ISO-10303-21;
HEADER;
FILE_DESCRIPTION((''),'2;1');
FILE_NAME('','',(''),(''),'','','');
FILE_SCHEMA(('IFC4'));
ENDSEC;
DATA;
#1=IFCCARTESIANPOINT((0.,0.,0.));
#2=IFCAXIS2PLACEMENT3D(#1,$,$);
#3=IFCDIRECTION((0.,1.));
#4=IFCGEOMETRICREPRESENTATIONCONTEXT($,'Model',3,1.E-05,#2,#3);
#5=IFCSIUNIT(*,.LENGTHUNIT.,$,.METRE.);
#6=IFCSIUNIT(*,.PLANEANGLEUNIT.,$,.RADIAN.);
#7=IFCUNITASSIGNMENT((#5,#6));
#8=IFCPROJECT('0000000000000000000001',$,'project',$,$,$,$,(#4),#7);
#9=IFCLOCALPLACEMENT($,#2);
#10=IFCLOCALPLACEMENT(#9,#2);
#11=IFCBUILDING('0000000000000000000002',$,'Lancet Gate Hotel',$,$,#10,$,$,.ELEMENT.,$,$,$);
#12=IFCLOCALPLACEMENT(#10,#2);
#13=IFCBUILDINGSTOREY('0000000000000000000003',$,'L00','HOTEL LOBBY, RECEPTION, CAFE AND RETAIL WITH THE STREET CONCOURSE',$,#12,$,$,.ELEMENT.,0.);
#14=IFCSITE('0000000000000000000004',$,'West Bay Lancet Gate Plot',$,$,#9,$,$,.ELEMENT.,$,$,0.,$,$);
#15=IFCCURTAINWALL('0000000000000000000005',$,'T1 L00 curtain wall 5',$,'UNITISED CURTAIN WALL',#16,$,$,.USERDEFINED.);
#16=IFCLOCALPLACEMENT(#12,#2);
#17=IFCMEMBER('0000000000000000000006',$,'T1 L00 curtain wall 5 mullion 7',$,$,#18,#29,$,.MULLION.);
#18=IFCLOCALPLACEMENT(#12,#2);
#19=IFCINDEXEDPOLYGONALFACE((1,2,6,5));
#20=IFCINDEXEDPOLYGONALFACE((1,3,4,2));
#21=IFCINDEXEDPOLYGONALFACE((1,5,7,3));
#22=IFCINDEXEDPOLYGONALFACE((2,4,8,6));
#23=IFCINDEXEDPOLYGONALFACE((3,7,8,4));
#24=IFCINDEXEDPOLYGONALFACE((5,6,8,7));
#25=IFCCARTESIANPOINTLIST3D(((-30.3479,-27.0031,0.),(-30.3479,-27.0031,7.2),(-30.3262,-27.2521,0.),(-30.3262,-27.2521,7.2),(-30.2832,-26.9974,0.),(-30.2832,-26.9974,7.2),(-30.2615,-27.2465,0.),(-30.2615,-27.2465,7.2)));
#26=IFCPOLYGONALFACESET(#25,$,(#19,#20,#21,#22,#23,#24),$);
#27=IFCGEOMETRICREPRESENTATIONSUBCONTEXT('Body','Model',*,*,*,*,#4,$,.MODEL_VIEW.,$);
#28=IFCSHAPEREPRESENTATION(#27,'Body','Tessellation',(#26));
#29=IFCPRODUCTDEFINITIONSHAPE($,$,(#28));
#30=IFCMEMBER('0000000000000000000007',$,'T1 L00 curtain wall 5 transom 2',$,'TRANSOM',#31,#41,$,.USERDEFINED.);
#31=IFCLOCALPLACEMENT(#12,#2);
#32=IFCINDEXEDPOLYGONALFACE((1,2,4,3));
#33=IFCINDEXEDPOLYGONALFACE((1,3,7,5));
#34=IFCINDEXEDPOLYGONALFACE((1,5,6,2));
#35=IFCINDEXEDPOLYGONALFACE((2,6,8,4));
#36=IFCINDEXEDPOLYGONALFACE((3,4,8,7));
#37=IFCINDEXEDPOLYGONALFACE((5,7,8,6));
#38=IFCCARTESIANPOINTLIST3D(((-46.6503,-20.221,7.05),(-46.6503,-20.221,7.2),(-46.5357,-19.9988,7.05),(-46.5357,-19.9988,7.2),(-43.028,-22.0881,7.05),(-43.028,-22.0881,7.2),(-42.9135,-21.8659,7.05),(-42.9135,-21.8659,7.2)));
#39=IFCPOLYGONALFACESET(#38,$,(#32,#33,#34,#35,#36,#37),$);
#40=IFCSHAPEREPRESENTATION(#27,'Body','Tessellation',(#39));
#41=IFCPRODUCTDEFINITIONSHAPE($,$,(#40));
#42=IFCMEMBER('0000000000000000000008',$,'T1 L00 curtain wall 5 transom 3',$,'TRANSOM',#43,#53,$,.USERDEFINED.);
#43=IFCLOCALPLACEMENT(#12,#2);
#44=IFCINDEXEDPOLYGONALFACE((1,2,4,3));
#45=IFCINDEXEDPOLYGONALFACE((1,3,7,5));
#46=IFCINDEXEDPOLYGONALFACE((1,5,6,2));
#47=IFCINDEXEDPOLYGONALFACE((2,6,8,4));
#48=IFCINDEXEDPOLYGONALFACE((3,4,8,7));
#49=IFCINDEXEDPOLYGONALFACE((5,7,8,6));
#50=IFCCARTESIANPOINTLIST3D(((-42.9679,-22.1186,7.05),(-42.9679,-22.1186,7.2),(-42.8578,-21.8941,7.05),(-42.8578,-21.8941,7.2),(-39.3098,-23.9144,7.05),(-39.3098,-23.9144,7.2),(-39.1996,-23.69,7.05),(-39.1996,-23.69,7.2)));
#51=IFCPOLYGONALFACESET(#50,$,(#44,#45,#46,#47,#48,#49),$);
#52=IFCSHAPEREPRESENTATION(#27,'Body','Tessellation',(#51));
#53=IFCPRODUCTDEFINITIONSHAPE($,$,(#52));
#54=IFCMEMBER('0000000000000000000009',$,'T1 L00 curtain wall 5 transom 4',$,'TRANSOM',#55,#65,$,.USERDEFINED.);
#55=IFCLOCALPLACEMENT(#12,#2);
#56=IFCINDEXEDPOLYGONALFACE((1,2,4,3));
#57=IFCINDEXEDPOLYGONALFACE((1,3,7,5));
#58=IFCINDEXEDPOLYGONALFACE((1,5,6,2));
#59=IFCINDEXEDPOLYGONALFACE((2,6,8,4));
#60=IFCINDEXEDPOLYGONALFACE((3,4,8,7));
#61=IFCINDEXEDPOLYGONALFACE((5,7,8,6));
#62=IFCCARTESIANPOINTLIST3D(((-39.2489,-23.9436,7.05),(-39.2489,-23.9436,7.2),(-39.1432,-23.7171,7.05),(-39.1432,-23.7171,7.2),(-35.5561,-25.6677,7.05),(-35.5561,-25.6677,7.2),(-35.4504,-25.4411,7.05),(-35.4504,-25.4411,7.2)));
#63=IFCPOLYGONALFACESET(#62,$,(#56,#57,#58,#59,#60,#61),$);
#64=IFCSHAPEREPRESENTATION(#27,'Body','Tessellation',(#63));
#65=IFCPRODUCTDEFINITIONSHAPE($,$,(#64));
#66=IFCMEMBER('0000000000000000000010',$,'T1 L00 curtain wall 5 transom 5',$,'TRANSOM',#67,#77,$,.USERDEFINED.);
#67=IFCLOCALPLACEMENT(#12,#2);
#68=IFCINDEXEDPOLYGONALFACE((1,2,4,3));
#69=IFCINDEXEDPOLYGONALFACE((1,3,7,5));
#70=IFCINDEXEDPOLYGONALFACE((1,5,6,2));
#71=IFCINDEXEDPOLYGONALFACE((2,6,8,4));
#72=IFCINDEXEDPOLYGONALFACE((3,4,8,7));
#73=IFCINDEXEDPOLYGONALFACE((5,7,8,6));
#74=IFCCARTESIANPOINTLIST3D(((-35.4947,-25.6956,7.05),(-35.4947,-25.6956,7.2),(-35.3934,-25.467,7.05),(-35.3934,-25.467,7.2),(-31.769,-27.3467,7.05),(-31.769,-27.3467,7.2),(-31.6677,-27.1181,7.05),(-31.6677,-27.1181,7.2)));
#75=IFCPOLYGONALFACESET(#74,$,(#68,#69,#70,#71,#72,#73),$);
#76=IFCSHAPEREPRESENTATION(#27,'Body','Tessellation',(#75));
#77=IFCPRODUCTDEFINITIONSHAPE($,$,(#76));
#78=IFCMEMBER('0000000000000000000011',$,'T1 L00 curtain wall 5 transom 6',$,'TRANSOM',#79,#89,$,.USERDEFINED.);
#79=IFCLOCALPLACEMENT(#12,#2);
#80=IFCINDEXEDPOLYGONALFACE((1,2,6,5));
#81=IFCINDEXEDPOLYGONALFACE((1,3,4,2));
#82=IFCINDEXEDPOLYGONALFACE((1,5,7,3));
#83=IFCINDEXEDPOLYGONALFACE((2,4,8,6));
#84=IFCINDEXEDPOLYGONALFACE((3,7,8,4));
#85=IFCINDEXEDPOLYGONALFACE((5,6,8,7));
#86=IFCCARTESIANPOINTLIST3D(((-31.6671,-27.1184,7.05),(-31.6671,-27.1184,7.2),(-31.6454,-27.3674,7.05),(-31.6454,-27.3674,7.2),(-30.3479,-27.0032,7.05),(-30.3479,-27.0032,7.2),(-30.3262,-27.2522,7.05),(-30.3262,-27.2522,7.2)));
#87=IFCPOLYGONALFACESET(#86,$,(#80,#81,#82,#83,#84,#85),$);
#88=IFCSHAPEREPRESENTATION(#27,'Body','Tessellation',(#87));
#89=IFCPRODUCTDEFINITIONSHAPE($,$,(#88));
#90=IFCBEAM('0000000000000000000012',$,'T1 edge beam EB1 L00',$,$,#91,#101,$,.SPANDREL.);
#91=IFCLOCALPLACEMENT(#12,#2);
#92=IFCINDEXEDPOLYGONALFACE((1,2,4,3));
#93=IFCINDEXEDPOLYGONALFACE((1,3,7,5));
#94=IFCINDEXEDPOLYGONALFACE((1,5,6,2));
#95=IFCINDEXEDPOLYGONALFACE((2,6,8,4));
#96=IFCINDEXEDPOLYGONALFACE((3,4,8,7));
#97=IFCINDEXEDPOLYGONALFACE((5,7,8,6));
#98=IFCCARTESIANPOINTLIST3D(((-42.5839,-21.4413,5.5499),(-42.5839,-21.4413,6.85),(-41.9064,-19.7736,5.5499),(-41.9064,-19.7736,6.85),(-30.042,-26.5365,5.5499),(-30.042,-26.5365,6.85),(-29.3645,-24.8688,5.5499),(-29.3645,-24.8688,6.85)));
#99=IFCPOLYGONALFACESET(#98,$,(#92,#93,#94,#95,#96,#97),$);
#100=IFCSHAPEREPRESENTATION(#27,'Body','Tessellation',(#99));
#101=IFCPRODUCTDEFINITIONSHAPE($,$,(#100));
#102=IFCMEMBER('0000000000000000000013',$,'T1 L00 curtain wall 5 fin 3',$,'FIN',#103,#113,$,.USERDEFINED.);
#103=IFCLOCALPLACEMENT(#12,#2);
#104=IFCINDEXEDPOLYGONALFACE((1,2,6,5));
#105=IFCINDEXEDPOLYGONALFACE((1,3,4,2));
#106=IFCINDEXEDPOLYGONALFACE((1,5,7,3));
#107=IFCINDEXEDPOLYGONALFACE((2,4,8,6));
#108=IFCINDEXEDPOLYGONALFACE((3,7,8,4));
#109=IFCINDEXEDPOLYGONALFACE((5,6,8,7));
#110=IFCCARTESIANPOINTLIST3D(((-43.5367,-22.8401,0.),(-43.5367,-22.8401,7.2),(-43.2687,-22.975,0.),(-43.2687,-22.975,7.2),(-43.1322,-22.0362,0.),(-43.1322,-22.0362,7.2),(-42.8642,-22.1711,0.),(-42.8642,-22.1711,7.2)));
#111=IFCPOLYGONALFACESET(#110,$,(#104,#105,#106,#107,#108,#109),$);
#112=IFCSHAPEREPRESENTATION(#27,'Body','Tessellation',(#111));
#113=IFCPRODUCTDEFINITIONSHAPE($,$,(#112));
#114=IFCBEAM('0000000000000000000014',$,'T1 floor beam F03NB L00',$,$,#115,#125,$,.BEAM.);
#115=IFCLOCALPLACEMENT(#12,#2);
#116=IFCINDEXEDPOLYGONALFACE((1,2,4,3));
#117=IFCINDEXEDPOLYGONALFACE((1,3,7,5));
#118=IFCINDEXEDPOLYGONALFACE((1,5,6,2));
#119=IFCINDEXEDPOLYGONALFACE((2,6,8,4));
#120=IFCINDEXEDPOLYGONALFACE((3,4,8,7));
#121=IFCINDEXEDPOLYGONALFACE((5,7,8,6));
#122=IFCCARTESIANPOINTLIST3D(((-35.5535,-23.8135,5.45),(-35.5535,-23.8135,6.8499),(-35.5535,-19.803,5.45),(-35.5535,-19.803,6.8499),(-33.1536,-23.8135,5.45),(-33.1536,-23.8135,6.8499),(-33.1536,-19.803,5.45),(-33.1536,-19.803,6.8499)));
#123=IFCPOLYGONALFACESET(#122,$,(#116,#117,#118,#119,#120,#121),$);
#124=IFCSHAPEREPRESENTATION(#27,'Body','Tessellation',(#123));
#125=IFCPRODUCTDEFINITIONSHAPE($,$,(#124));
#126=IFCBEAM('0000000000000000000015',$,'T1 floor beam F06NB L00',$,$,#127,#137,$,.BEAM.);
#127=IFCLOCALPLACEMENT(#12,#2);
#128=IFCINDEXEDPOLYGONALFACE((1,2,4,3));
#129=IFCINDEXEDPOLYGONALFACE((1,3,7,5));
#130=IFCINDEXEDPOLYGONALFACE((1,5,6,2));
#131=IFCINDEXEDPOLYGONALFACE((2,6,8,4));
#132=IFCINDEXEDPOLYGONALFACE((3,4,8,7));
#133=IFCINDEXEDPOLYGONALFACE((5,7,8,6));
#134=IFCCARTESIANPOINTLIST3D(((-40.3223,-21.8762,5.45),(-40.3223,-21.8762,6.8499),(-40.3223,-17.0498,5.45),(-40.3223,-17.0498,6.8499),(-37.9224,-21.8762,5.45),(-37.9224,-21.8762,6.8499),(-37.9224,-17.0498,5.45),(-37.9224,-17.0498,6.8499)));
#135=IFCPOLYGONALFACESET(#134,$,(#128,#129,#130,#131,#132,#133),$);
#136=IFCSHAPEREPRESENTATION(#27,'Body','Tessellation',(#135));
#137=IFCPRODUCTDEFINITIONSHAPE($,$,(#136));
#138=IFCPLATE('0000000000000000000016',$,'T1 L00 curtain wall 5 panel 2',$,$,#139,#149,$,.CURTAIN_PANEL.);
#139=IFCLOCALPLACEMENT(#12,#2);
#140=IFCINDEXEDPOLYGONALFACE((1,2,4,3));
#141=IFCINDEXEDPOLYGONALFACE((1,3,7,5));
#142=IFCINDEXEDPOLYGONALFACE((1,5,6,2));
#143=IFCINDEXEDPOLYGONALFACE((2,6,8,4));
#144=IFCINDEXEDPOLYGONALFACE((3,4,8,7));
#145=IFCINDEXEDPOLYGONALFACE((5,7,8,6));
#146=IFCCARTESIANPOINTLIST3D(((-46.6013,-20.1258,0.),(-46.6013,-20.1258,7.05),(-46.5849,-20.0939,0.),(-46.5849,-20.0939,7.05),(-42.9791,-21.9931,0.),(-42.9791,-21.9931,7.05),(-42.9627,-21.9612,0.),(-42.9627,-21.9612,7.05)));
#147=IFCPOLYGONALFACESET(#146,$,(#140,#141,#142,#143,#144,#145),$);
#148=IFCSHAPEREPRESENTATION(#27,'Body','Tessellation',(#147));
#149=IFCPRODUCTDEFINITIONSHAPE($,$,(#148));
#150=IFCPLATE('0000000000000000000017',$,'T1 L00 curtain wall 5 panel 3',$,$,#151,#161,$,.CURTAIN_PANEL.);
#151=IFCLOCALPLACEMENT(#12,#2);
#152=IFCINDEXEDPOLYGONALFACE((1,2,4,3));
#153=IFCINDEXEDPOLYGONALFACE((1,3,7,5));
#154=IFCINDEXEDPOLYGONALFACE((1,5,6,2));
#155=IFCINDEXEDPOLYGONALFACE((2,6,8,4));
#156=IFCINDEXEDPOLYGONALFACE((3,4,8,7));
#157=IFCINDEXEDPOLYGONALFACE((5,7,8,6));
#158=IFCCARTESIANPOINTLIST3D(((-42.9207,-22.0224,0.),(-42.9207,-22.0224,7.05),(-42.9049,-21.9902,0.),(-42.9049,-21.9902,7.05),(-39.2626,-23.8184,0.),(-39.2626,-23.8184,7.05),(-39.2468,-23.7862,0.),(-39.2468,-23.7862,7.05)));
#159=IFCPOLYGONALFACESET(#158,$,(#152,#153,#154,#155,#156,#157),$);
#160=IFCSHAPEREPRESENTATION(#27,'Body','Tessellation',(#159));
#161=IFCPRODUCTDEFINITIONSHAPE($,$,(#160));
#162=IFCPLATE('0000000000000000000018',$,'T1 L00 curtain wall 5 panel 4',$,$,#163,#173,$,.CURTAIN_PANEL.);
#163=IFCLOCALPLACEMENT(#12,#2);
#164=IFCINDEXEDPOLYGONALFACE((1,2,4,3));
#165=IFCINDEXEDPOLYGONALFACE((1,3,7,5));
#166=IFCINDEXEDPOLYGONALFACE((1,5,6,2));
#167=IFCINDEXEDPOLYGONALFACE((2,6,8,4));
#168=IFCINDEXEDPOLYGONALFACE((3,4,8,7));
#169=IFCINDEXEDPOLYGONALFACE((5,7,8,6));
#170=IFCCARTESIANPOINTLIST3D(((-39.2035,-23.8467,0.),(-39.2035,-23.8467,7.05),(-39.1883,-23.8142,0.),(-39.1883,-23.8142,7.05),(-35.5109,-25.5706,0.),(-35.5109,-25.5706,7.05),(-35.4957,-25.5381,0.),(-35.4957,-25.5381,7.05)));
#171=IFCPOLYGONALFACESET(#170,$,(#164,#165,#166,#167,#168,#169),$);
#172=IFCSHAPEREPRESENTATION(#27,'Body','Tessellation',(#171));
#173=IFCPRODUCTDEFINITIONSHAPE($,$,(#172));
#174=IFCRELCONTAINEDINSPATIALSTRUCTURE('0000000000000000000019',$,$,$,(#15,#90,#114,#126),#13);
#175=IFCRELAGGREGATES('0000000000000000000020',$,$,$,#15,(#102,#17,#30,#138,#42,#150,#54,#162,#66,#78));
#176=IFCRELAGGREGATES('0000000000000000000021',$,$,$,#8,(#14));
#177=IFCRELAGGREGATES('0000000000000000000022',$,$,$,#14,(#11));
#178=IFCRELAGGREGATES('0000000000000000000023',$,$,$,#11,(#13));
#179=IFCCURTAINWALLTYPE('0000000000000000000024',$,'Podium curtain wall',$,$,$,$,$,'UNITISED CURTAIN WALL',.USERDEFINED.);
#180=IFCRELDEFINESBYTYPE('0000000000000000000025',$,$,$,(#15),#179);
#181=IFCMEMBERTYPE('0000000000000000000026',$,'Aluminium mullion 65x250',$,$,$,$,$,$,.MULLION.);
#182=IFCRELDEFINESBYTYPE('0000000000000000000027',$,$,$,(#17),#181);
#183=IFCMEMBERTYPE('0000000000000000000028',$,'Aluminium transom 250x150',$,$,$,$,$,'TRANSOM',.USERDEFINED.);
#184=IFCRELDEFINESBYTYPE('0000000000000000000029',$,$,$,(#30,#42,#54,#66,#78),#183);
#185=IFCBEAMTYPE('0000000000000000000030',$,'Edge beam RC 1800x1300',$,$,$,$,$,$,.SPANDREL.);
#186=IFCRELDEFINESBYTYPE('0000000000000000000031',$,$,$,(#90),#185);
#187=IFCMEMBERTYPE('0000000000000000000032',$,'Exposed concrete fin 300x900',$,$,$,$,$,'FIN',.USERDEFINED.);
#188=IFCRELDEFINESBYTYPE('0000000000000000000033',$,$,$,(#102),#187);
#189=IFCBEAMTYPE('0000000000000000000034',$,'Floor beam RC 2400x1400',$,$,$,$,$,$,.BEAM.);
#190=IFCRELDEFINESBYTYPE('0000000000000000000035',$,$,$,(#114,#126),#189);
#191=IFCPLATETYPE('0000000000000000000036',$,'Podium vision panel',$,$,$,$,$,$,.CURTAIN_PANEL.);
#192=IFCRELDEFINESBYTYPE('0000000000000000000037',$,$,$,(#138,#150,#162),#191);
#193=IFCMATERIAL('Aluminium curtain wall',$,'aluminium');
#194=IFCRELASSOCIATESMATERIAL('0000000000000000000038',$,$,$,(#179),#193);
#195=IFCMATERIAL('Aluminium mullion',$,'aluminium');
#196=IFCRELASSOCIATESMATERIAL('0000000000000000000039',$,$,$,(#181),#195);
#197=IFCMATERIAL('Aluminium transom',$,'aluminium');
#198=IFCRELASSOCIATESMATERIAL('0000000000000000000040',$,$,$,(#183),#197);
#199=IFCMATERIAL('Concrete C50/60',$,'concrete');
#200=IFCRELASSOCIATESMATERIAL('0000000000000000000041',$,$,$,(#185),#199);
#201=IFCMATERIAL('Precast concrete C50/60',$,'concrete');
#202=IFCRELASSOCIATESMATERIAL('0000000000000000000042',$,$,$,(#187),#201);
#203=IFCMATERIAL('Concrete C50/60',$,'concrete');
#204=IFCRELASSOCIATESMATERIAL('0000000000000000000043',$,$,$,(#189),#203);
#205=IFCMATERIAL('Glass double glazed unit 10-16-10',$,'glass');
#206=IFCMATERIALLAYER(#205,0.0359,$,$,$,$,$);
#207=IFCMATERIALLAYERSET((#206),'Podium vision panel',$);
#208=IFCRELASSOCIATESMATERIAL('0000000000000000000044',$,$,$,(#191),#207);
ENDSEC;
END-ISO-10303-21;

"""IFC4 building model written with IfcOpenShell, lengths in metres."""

from ifc_helpers import new_model, si_unit, direction, frame, origin, origin_2d, place, context, subcontext, project, spatial, rectangle, extrude, material, layer, layer_set, material_profile, profile_set, type_object, element, aggregate, save


model = new_model("IFC4")

# Units and contexts
model_context = context("Model", 3, precision=1e-05, world=origin(), true_north=direction((0.0, 1.0)))
body_context = subcontext(model_context, "Body", "Model", "MODEL_VIEW")
ifc_project = project(units=[si_unit("LENGTHUNIT", "METRE"), si_unit("PLANEANGLEUNIT", "RADIAN")], contexts=[model_context])

# Site, building, storey
site_placement = place(None, origin())
site = spatial("IfcSite", under=ifc_project, at=site_placement, Name="West Bay Lancet Gate Plot", CompositionType="ELEMENT", RefElevation=0.0)
building_placement = place(site_placement, origin())
building = spatial("IfcBuilding", under=site, at=building_placement, Name="Lancet Gate Hotel", CompositionType="ELEMENT")
storey_placement = place(building_placement, origin())
storey = spatial("IfcBuildingStorey", under=building, at=storey_placement, Name="L00", Description="HOTEL LOBBY, RECEPTION, CAFE AND RETAIL WITH THE STREET CONCOURSE", CompositionType="ELEMENT", Elevation=0.0)

# Curtain wall, members
ifc_material_1 = material(Name="Aluminium curtain wall", Category="aluminium")
curtain_wall_type = type_object("IfcCurtainWallType", Name="Podium curtain wall", ElementType="UNITISED CURTAIN WALL", PredefinedType="USERDEFINED", material=ifc_material_1)
curtain_wall_placement = place(storey_placement, origin())
curtain_wall = element("IfcCurtainWall", 1, at=curtain_wall_placement, inside=storey, type_object=curtain_wall_type, Name="T1 L00 curtain wall 5", ObjectType="UNITISED CURTAIN WALL", PredefinedType="USERDEFINED")
ifc_material_2 = material(Name="Aluminium mullion", Category="aluminium")
ifc_material_profile_1 = material_profile(ifc_material_2, rectangle(XDim=0.0649, YDim=0.25, at=origin_2d()), Name="MULLION 65x250")
ifc_profile_set_1 = profile_set([ifc_material_profile_1], Name="Aluminium mullion")
member_type_1 = type_object("IfcMemberType", Name="Aluminium mullion 65x250", PredefinedType="MULLION", material=ifc_profile_set_1)
member_1_placement = place(storey_placement, frame((-30.3047, -27.1248, 0.0), z_axis=(0.0, 0.0, 1.0), x_axis=(0.996204, 0.087052, 0.0)))
member_1 = element("IfcMember", 2, at=member_1_placement, type_object=member_type_1, Name="T1 L00 curtain wall 5 mullion 7", PredefinedType="MULLION", context=body_context, shape_type="SweptSolid", body=[
    extrude(rectangle(XDim=0.0649, YDim=0.25, at=origin_2d()), origin(), (0.0, 0.0, 1.0), 7.2),
])
ifc_material_3 = material(Name="Aluminium transom", Category="aluminium")
ifc_material_profile_2 = material_profile(ifc_material_3, rectangle(XDim=0.25, YDim=0.1499, at=origin_2d()), Name="TRANSOM 250x150")
ifc_profile_set_2 = profile_set([ifc_material_profile_2], Name="Aluminium transom")
member_type_2 = type_object("IfcMemberType", Name="Aluminium transom 250x150", ElementType="TRANSOM", PredefinedType="USERDEFINED", material=ifc_profile_set_2)
member_2_placement = place(storey_placement, frame((-46.593, -20.1099, 7.125), z_axis=(0.88886, -0.458179, 0.0), x_axis=(0.458179, 0.88886, 0.0)))
member_2 = element("IfcMember", 3, at=member_2_placement, type_object=member_type_2, Name="T1 L00 curtain wall 5 transom 2", ObjectType="TRANSOM", PredefinedType="USERDEFINED", context=body_context, shape_type="SweptSolid", body=[
    extrude(rectangle(XDim=0.25, YDim=0.1499, at=origin_2d()), origin(), (0.0, 0.0, 1.0), 4.0752),
])
member_3_placement = place(storey_placement, frame((-42.9128, -22.0063, 7.125), z_axis=(0.897662, -0.440684, 0.0), x_axis=(0.440684, 0.897662, 0.0)))
member_3 = element("IfcMember", 4, at=member_3_placement, type_object=member_type_2, Name="T1 L00 curtain wall 5 transom 3", ObjectType="TRANSOM", PredefinedType="USERDEFINED", context=body_context, shape_type="SweptSolid", body=[
    extrude(rectangle(XDim=0.25, YDim=0.1499, at=origin_2d()), origin(), (0.0, 0.0, 1.0), 4.0752),
])
member_4_placement = place(storey_placement, frame((-39.196, -23.8303, 7.125), z_axis=(0.90611, -0.423043, 0.0), x_axis=(0.423043, 0.90611, 0.0)))
member_4 = element("IfcMember", 5, at=member_4_placement, type_object=member_type_2, Name="T1 L00 curtain wall 5 transom 4", ObjectType="TRANSOM", PredefinedType="USERDEFINED", context=body_context, shape_type="SweptSolid", body=[
    extrude(rectangle(XDim=0.25, YDim=0.1499, at=origin_2d()), origin(), (0.0, 0.0, 1.0), 4.0754),
])
member_5_placement = place(storey_placement, frame((-35.4441, -25.5813, 7.125), z_axis=(0.914248, -0.405154, 0.0), x_axis=(0.405154, 0.914248, 0.0)))
member_5 = element("IfcMember", 6, at=member_5_placement, type_object=member_type_2, Name="T1 L00 curtain wall 5 transom 5", ObjectType="TRANSOM", PredefinedType="USERDEFINED", context=body_context, shape_type="SweptSolid", body=[
    extrude(rectangle(XDim=0.25, YDim=0.1499, at=origin_2d()), origin(), (0.0, 0.0, 1.0), 4.0752),
])
member_6_placement = place(storey_placement, frame((-31.6562, -27.2429, 7.125), z_axis=(0.996206, 0.087027, 0.0), x_axis=(-0.087027, 0.996206, 0.0)))
member_6 = element("IfcMember", 7, at=member_6_placement, type_object=member_type_2, Name="T1 L00 curtain wall 5 transom 6", ObjectType="TRANSOM", PredefinedType="USERDEFINED", context=body_context, shape_type="SweptSolid", body=[
    extrude(rectangle(XDim=0.25, YDim=0.1499, at=origin_2d()), origin(), (0.0, 0.0, 1.0), 1.3242),
])

# Beam
ifc_material_4 = material(Name="Concrete C50/60", Category="concrete")
ifc_material_profile_3 = material_profile(ifc_material_4, rectangle(XDim=1.8, YDim=1.3, at=origin_2d()), Name="RC 1800x1300")
ifc_profile_set_3 = profile_set([ifc_material_profile_3], Name="Concrete C50/60")
beam_type_1 = type_object("IfcBeamType", Name="Edge beam RC 1800x1300", PredefinedType="SPANDREL", material=ifc_profile_set_3)
beam_1_placement = place(storey_placement, frame((-42.2451, -20.6074, 6.2), z_axis=(0.926463, -0.376385, 0.0), x_axis=(0.376385, 0.926463, 0.0)))
element("IfcBeam", 8, at=beam_1_placement, inside=storey, type_object=beam_type_1, Name="T1 edge beam EB1 L00", PredefinedType="SPANDREL", context=body_context, shape_type="SweptSolid", body=[
    extrude(rectangle(XDim=1.8, YDim=1.3, at=origin_2d()), origin(), (0.0, 0.0, 1.0), 13.5374),
])

# Member
ifc_material_5 = material(Name="Precast concrete C50/60", Category="concrete")
ifc_material_profile_4 = material_profile(ifc_material_5, rectangle(XDim=0.3, YDim=0.8999, at=origin_2d()), Name="FIN 300x900")
ifc_profile_set_4 = profile_set([ifc_material_profile_4], Name="Precast concrete C50/60")
member_type_3 = type_object("IfcMemberType", Name="Exposed concrete fin 300x900", ElementType="FIN", PredefinedType="USERDEFINED", material=ifc_profile_set_4)
member_7_placement = place(storey_placement, frame((-43.2004, -22.5056, 0.0), z_axis=(0.0, 0.0, 1.0), x_axis=(0.893292, -0.449478, 0.0)))
member_7 = element("IfcMember", 9, at=member_7_placement, type_object=member_type_3, Name="T1 L00 curtain wall 5 fin 3", ObjectType="FIN", PredefinedType="USERDEFINED", context=body_context, shape_type="SweptSolid", body=[
    extrude(rectangle(XDim=0.3, YDim=0.8999, at=origin_2d()), origin(), (0.0, 0.0, 1.0), 7.2),
])

# Beams
ifc_material_6 = material(Name="Concrete C50/60", Category="concrete")
ifc_material_profile_5 = material_profile(ifc_material_6, rectangle(XDim=2.3999, YDim=1.3999, at=origin_2d()), Name="RC 2400x1400")
ifc_profile_set_5 = profile_set([ifc_material_profile_5], Name="Concrete C50/60")
beam_type_2 = type_object("IfcBeamType", Name="Floor beam RC 2400x1400", PredefinedType="BEAM", material=ifc_profile_set_5)
beam_2_placement = place(storey_placement, frame((-34.3535, -19.803, 6.1499), z_axis=(0.0, -1.0, 0.0), x_axis=(1.0, 0.0, 0.0)))
element("IfcBeam", 10, at=beam_2_placement, inside=storey, type_object=beam_type_2, Name="T1 floor beam F03NB L00", PredefinedType="BEAM", context=body_context, shape_type="SweptSolid", body=[
    extrude(rectangle(XDim=2.3999, YDim=1.3999, at=origin_2d()), origin(), (0.0, 0.0, 1.0), 4.0105),
])
beam_3_placement = place(storey_placement, frame((-39.1223, -17.0498, 6.1499), z_axis=(0.0, -1.0, 0.0), x_axis=(1.0, 0.0, 0.0)))
element("IfcBeam", 11, at=beam_3_placement, inside=storey, type_object=beam_type_2, Name="T1 floor beam F06NB L00", PredefinedType="BEAM", context=body_context, shape_type="SweptSolid", body=[
    extrude(rectangle(XDim=2.3999, YDim=1.3999, at=origin_2d()), origin(), (0.0, 0.0, 1.0), 4.8264),
])

# Plates
ifc_material_7 = material(Name="Glass double glazed unit 10-16-10", Category="glass")
ifc_layer_1 = layer(ifc_material_7, 0.0359)
ifc_layer_set_1 = layer_set([ifc_layer_1], Name="Podium vision panel")
plate_type = type_object("IfcPlateType", Name="Podium vision panel", PredefinedType="CURTAIN_PANEL", material=ifc_layer_set_1)
plate_1_placement = place(storey_placement, frame((-44.782, -21.0435, 0.0), z_axis=(0.0, 0.0, 1.0), x_axis=(0.888844, -0.45821, 0.0)))
plate_1 = element("IfcPlate", 12, at=plate_1_placement, type_object=plate_type, Name="T1 L00 curtain wall 5 panel 2", PredefinedType="CURTAIN_PANEL", context=body_context, shape_type="SweptSolid", body=[
    extrude(rectangle(XDim=4.0752, YDim=0.0359, at=origin_2d()), origin(), (0.0, 0.0, 1.0), 7.05),
])
plate_2_placement = place(storey_placement, frame((-41.0837, -22.9043, 0.0), z_axis=(0.0, 0.0, 1.0), x_axis=(0.897653, -0.440702, 0.0)))
plate_2 = element("IfcPlate", 13, at=plate_2_placement, type_object=plate_type, Name="T1 L00 curtain wall 5 panel 3", PredefinedType="CURTAIN_PANEL", context=body_context, shape_type="SweptSolid", body=[
    extrude(rectangle(XDim=4.0752, YDim=0.0359, at=origin_2d()), origin(), (0.0, 0.0, 1.0), 7.05),
])
plate_3_placement = place(storey_placement, frame((-37.3496, -24.6924, 0.0), z_axis=(0.0, 0.0, 1.0), x_axis=(0.906118, -0.423026, 0.0)))
plate_3 = element("IfcPlate", 14, at=plate_3_placement, type_object=plate_type, Name="T1 L00 curtain wall 5 panel 4", PredefinedType="CURTAIN_PANEL", context=body_context, shape_type="SweptSolid", body=[
    extrude(rectangle(XDim=4.0752, YDim=0.0359, at=origin_2d()), origin(), (0.0, 0.0, 1.0), 7.05),
])
aggregate(curtain_wall, [member_7, member_1, member_2, plate_1, member_3, plate_2, member_4, plate_3, member_5, member_6])

save(model, "model.ifc")
